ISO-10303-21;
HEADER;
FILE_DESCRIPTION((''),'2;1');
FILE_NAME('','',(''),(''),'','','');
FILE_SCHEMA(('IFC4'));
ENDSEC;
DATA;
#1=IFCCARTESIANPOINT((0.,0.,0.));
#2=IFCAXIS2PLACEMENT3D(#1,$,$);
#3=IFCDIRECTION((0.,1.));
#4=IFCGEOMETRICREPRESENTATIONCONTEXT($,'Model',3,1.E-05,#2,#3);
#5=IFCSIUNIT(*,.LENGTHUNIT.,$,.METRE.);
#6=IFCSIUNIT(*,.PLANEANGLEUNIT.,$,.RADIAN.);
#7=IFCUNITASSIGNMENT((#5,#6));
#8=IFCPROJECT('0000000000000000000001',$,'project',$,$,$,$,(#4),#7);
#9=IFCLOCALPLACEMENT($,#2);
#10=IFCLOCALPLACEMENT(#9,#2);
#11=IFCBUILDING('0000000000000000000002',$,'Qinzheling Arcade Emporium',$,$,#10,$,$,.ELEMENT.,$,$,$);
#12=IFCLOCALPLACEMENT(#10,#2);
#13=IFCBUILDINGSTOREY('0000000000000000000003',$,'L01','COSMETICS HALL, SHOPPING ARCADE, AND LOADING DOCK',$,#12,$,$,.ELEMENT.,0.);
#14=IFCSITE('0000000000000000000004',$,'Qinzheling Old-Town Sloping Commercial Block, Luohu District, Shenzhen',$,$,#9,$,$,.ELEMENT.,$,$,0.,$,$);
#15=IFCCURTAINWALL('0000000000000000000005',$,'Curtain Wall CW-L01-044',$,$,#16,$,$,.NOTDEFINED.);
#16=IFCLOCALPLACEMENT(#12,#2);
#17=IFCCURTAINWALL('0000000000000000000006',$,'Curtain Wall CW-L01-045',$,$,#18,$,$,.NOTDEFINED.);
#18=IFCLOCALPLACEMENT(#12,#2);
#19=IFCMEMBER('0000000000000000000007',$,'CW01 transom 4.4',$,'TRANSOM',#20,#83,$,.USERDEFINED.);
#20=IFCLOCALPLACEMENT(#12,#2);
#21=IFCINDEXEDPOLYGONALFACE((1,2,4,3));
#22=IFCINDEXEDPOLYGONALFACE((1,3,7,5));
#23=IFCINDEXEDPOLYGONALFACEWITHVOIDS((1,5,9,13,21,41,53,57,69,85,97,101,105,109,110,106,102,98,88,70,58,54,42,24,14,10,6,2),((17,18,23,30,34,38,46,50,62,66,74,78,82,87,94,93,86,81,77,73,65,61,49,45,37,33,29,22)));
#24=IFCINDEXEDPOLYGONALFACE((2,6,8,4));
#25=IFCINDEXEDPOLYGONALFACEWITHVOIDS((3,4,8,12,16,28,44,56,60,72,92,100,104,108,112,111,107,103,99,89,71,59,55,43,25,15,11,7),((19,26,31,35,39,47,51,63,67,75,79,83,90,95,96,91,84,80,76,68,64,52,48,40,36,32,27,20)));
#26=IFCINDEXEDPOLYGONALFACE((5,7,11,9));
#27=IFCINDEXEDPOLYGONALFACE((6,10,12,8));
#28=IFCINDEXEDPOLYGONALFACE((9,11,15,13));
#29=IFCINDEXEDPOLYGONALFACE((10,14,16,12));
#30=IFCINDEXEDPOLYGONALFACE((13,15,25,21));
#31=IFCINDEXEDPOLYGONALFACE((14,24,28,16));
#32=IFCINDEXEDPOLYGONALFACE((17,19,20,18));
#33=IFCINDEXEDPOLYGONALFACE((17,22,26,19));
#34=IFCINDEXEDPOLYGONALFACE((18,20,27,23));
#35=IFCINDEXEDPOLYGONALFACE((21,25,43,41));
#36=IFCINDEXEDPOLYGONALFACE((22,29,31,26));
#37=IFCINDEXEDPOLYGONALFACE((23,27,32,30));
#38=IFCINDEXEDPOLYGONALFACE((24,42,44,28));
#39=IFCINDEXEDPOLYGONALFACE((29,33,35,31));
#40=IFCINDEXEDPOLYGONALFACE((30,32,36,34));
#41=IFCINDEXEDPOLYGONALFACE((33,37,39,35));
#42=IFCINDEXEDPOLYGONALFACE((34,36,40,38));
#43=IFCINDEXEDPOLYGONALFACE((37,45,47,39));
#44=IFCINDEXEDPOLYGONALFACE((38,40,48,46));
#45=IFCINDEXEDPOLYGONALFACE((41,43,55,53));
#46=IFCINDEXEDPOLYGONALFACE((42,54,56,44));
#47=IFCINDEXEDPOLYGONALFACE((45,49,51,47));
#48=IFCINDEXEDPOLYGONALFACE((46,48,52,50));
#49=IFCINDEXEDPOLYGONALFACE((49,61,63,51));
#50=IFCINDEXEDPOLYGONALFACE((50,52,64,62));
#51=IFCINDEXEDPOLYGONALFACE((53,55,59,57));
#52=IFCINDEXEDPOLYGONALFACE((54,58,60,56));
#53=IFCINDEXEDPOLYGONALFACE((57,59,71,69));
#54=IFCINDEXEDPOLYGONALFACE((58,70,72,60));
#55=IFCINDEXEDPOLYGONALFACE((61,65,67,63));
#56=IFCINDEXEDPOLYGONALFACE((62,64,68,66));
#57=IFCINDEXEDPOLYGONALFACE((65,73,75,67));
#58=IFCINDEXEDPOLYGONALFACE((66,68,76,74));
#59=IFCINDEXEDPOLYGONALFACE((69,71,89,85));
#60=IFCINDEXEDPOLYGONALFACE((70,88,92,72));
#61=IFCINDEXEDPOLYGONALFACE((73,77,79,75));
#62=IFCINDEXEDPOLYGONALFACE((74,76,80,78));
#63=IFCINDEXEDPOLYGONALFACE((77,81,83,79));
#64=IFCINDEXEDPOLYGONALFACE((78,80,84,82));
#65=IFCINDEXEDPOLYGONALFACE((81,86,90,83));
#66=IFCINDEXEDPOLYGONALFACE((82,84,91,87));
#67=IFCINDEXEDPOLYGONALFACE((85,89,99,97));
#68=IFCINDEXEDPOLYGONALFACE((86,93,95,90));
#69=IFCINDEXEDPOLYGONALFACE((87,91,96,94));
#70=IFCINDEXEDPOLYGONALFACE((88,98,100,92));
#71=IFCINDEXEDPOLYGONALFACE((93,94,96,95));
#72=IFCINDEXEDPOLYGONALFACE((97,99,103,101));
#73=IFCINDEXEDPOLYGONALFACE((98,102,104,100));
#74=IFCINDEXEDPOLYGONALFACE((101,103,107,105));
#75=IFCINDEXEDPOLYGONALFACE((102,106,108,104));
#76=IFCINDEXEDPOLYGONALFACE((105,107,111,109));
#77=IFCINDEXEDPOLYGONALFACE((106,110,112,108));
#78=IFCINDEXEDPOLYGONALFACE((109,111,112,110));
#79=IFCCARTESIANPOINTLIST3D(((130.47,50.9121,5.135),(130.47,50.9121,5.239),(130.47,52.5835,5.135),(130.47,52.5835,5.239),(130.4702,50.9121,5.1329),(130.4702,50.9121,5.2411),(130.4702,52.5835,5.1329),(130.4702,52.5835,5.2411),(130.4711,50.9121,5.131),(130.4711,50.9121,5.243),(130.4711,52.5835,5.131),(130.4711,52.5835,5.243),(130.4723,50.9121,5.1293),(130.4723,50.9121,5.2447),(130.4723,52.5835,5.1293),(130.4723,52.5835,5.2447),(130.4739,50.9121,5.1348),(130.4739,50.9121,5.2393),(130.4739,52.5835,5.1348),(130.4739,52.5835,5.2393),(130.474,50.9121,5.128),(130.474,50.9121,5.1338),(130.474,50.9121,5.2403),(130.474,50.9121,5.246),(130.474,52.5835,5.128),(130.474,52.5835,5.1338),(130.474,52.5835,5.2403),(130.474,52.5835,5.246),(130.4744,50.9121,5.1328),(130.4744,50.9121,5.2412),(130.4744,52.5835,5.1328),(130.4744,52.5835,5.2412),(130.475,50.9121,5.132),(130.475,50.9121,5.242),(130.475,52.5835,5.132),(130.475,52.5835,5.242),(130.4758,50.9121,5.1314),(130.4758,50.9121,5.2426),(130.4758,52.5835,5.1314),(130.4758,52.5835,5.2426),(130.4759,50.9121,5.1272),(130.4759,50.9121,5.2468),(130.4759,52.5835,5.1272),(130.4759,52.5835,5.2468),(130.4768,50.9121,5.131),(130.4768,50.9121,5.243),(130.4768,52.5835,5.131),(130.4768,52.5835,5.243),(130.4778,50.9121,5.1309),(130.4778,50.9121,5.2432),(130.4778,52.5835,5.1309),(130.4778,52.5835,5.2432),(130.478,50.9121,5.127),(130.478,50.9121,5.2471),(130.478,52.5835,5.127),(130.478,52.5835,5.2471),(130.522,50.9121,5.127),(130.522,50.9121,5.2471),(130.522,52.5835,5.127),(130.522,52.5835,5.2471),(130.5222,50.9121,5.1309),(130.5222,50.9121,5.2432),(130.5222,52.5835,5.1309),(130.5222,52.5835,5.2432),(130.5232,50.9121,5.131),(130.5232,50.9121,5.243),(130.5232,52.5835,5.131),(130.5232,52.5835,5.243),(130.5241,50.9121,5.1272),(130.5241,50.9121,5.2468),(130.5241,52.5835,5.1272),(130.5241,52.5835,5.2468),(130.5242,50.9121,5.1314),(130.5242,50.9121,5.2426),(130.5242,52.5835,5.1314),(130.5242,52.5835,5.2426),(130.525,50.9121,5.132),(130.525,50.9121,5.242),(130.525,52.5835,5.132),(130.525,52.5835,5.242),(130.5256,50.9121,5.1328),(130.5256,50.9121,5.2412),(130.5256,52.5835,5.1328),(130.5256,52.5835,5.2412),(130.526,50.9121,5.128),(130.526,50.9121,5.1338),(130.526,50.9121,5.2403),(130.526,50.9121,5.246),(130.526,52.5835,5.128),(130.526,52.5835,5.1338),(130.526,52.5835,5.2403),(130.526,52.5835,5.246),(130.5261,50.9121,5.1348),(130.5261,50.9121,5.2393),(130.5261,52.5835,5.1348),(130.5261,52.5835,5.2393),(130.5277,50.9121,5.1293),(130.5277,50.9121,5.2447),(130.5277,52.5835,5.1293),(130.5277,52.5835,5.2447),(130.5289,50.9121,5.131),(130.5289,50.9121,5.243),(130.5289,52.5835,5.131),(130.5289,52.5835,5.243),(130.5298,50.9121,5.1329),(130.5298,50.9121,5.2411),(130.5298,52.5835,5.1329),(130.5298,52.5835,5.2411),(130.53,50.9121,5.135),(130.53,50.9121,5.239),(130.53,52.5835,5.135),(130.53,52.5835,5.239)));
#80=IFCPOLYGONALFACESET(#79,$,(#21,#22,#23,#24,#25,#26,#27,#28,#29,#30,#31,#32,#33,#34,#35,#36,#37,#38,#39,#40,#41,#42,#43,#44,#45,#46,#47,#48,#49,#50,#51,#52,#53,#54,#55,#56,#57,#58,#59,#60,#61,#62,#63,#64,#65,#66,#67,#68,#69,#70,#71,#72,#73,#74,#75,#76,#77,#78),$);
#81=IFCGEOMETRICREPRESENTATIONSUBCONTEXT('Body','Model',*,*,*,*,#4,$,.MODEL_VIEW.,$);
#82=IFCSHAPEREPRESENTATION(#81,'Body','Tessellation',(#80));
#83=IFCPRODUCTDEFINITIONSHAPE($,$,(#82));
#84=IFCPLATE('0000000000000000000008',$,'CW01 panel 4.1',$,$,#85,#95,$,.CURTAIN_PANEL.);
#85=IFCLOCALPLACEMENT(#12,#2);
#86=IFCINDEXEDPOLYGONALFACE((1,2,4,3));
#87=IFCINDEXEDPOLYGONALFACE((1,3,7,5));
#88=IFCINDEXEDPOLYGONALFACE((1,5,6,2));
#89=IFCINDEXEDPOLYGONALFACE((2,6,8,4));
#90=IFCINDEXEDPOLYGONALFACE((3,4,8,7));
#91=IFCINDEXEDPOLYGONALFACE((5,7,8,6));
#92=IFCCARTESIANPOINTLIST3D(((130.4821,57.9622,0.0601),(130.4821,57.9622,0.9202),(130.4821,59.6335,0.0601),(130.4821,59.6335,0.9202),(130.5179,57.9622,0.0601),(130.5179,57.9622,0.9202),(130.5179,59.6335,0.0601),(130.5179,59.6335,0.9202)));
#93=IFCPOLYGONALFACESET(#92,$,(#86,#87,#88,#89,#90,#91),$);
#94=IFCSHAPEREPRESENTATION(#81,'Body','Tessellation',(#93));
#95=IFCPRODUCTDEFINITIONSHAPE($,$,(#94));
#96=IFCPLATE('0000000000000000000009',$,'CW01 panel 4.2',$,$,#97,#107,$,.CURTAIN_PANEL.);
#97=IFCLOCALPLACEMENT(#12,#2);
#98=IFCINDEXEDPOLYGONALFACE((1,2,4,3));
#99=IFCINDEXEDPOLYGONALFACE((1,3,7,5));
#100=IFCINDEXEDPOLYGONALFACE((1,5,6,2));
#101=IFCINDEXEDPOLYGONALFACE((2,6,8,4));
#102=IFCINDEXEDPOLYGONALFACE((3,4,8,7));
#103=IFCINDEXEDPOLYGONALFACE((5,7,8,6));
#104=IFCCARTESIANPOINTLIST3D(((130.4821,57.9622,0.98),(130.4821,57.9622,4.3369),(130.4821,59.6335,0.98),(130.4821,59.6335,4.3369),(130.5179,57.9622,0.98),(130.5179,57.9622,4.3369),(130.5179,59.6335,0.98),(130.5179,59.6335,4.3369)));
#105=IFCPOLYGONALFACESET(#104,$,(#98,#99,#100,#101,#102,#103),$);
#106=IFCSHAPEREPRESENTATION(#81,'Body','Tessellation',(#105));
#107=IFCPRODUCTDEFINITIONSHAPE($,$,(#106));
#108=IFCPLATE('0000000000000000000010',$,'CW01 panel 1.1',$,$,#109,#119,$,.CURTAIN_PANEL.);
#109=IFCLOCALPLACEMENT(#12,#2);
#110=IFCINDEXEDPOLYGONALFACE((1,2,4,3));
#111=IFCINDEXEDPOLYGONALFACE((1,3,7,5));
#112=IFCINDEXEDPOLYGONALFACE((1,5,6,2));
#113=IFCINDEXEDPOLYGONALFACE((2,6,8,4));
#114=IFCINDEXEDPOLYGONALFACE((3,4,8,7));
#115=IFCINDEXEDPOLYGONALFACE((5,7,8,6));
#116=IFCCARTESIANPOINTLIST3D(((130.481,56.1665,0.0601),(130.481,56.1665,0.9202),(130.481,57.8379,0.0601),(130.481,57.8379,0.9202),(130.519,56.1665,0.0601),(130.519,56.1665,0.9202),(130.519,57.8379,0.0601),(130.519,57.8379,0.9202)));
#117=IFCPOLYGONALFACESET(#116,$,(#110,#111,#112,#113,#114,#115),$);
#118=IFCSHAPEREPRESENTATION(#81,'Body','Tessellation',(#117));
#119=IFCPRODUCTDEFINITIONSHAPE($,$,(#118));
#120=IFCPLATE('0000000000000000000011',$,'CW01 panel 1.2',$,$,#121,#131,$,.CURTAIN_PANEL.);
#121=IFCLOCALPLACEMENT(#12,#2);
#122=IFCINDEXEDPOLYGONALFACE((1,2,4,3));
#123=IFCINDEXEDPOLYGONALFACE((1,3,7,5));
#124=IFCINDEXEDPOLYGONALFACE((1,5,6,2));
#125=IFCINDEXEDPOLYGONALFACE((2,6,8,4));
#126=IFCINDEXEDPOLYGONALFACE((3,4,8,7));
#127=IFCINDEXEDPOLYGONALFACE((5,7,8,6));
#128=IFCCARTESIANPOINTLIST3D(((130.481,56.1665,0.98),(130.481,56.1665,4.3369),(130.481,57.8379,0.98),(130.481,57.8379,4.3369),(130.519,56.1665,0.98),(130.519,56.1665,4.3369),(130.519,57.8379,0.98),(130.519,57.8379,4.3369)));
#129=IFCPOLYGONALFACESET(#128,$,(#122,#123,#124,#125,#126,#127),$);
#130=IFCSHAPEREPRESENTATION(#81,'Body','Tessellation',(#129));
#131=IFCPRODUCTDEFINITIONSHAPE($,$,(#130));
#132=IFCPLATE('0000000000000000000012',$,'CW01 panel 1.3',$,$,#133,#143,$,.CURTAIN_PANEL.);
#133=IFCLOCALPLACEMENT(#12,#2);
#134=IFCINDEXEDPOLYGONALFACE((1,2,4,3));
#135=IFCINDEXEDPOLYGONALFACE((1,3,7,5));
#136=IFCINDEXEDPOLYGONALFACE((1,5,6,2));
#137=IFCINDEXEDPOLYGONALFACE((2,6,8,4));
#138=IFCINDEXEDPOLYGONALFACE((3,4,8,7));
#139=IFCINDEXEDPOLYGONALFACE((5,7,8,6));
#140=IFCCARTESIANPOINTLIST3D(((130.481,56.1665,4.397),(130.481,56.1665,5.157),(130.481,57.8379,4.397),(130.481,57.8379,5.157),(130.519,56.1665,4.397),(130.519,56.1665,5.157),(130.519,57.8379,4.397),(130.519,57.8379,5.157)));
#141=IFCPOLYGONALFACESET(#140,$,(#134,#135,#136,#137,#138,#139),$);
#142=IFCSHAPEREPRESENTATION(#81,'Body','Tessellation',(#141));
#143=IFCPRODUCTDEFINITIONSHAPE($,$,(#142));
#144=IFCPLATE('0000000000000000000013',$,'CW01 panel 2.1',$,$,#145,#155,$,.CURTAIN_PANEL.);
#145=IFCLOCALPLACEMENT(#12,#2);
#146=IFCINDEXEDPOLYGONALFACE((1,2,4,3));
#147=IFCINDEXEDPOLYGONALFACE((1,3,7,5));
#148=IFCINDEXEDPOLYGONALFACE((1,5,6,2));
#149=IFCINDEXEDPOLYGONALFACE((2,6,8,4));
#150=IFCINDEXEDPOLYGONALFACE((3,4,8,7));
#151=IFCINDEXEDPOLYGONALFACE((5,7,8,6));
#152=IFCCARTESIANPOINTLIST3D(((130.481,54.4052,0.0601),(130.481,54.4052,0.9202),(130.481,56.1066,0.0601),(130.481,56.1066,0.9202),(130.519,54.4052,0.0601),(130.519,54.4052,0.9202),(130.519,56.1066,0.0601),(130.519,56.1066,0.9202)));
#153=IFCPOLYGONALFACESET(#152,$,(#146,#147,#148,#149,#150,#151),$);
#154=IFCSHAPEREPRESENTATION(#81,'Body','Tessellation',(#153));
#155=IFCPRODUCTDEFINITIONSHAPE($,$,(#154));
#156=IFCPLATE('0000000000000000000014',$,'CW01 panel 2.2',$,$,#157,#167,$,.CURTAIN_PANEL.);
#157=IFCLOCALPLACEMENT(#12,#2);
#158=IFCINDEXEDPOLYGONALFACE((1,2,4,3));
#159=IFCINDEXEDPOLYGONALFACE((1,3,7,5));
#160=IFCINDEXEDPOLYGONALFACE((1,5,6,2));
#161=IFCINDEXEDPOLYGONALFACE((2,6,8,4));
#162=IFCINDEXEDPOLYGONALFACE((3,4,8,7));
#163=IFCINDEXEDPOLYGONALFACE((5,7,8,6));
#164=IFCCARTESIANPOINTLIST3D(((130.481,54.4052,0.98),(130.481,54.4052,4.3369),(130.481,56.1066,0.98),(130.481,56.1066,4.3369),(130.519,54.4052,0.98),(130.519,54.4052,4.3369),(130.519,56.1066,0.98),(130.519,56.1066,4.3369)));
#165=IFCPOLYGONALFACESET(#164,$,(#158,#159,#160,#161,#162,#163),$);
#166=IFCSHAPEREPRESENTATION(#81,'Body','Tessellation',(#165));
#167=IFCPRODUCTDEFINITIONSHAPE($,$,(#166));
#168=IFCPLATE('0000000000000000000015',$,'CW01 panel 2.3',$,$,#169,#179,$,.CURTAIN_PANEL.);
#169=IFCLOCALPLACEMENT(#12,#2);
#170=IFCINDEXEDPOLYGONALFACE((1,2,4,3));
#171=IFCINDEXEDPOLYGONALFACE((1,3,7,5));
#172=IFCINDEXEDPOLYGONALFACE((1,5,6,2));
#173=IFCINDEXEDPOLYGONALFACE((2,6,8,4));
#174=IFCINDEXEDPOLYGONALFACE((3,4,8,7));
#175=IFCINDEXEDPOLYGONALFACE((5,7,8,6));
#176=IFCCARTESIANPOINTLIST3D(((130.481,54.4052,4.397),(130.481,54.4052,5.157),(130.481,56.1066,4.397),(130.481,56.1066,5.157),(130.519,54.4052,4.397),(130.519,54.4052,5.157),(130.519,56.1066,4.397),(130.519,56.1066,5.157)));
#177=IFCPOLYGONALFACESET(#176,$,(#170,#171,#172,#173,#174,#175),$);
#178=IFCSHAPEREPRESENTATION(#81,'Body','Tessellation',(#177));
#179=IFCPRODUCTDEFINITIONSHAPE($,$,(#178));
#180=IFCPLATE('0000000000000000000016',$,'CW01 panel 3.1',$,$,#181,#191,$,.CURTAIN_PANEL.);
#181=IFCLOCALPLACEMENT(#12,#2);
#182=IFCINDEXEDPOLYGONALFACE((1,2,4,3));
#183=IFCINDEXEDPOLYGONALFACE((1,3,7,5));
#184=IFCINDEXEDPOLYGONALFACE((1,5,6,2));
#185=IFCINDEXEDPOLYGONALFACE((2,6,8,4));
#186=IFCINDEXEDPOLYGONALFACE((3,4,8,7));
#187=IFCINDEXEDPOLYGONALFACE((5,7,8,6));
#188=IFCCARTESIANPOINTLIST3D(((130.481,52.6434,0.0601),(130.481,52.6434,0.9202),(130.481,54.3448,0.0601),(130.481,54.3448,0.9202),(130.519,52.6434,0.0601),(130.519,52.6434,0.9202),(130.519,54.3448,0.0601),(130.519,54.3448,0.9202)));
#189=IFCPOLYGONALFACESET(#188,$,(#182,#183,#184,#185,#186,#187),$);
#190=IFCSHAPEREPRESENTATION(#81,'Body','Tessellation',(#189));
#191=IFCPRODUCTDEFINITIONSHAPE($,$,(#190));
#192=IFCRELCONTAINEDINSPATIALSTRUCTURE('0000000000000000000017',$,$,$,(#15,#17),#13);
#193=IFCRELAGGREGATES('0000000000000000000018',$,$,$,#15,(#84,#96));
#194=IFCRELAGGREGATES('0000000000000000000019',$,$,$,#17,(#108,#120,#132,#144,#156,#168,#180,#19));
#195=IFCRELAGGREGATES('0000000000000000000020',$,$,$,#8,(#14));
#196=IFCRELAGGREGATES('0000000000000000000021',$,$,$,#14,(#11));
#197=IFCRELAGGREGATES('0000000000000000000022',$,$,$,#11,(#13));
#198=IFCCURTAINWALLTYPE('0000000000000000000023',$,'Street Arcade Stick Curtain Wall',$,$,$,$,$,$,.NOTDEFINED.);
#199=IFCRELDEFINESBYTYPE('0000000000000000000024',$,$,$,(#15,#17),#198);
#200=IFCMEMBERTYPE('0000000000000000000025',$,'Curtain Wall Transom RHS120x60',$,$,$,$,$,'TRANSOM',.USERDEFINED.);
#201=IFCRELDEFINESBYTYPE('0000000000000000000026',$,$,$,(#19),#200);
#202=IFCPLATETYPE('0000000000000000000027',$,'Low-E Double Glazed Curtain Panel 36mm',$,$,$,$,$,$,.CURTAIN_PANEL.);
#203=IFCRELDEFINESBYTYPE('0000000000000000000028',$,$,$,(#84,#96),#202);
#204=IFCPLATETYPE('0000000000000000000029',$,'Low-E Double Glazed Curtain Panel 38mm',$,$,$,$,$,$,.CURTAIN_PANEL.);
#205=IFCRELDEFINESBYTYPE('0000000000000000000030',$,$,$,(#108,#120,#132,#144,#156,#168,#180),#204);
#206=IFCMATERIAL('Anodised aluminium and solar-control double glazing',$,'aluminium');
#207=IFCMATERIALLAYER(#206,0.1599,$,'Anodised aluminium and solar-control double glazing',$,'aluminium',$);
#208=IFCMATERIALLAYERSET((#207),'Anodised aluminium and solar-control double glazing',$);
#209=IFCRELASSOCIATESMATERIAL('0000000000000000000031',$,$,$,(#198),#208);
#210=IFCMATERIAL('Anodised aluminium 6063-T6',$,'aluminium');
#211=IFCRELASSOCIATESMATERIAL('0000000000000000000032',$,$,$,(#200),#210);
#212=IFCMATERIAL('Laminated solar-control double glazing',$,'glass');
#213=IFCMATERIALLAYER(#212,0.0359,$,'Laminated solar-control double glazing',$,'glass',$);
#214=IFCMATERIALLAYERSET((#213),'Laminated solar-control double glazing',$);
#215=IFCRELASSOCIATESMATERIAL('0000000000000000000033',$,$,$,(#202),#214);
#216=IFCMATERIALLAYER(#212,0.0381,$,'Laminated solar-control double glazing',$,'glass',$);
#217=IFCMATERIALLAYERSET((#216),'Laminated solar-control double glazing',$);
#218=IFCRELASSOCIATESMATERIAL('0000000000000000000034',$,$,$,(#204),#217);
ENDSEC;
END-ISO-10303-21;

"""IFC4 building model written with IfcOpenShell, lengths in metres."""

from ifc_helpers import new_model, si_unit, direction, frame, origin, origin_2d, place, context, subcontext, project, spatial, rectangle, hollow_rectangle, extrude, material, layer, layer_set, material_profile, profile_set, type_object, element, aggregate, save


model = new_model("IFC4")

# Units and contexts
model_context = context("Model", 3, precision=1e-05, world=origin(), true_north=direction((0.0, 1.0)))
body_context = subcontext(model_context, "Body", "Model", "MODEL_VIEW")
ifc_project = project(units=[si_unit("LENGTHUNIT", "METRE"), si_unit("PLANEANGLEUNIT", "RADIAN")], contexts=[model_context])

# Site, building, storey
site_placement = place(None, origin())
site = spatial("IfcSite", under=ifc_project, at=site_placement, Name="Qinzheling Old-Town Sloping Commercial Block, Luohu District, Shenzhen", CompositionType="ELEMENT", RefElevation=0.0)
building_placement = place(site_placement, origin())
building = spatial("IfcBuilding", under=site, at=building_placement, Name="Qinzheling Arcade Emporium", CompositionType="ELEMENT")
storey_placement = place(building_placement, origin())
storey = spatial("IfcBuildingStorey", under=building, at=storey_placement, Name="L01", Description="COSMETICS HALL, SHOPPING ARCADE, AND LOADING DOCK", CompositionType="ELEMENT", Elevation=0.0)

# Curtain wall
ifc_material_1 = material(Name="Anodised aluminium and solar-control double glazing", Category="aluminium")
ifc_layer_1 = layer(ifc_material_1, 0.1599, Name="Anodised aluminium and solar-control double glazing", Category="aluminium")
ifc_layer_set_1 = layer_set([ifc_layer_1], Name="Anodised aluminium and solar-control double glazing")
curtain_wall_type = type_object("IfcCurtainWallType", Name="Street Arcade Stick Curtain Wall", PredefinedType="NOTDEFINED", material=ifc_layer_set_1)
curtain_wall_1_placement = place(storey_placement, origin())
curtain_wall_1 = element("IfcCurtainWall", 1, at=curtain_wall_1_placement, inside=storey, type_object=curtain_wall_type, Name="Curtain Wall CW-L01-044", PredefinedType="NOTDEFINED")
ifc_material_2 = material(Name="Anodised aluminium 6063-T6", Category="aluminium")

# Curtain wall, member
curtain_wall_2_placement = place(storey_placement, origin())
curtain_wall_2 = element("IfcCurtainWall", 2, at=curtain_wall_2_placement, inside=storey, type_object=curtain_wall_type, Name="Curtain Wall CW-L01-045", PredefinedType="NOTDEFINED")
ifc_material_profile_1 = material_profile(ifc_material_2, hollow_rectangle(XDim=0.0601, YDim=0.1201, WallThickness=0.0039, InnerFilletRadius=0.0039, OuterFilletRadius=0.0081, at=origin_2d()), Name="RHS 120x60x4", Category="aluminium")
ifc_profile_set_1 = profile_set([ifc_material_profile_1], Name="Anodised aluminium 6063-T6")
member_type_1 = type_object("IfcMemberType", Name="Curtain Wall Transom RHS120x60", ElementType="TRANSOM", PredefinedType="USERDEFINED", material=ifc_profile_set_1)
member_1_placement = place(storey_placement, frame((130.5, 52.5835, 5.187), z_axis=(0.0, -1.0, 0.0), x_axis=(1.0, 0.0, 0.0)))
member_1 = element("IfcMember", 3, at=member_1_placement, type_object=member_type_1, Name="CW01 transom 4.4", ObjectType="TRANSOM", PredefinedType="USERDEFINED", context=body_context, shape_type="SweptSolid", body=[
    extrude(hollow_rectangle(XDim=0.0601, YDim=0.1201, WallThickness=0.0039, InnerFilletRadius=0.0039, OuterFilletRadius=0.0081, at=origin_2d()), origin(), (0.0, 0.0, 1.0), 1.6714),
])

# Plates
ifc_material_3 = material(Name="Laminated solar-control double glazing", Category="glass")
ifc_layer_2 = layer(ifc_material_3, 0.0359, Name="Laminated solar-control double glazing", Category="glass")
ifc_layer_set_2 = layer_set([ifc_layer_2], Name="Laminated solar-control double glazing")
plate_type_1 = type_object("IfcPlateType", Name="Low-E Double Glazed Curtain Panel 36mm", PredefinedType="CURTAIN_PANEL", material=ifc_layer_set_2)
plate_1_placement = place(storey_placement, frame((130.5, 58.7979, 0.0601), z_axis=(0.0, 0.0, 1.0), x_axis=(0.0, -1.0, 0.0)))
plate_1 = element("IfcPlate", 4, at=plate_1_placement, type_object=plate_type_1, Name="CW01 panel 4.1", PredefinedType="CURTAIN_PANEL", context=body_context, shape_type="SweptSolid", body=[
    extrude(rectangle(XDim=1.6714, YDim=0.0359, at=origin_2d()), origin(), (0.0, 0.0, 1.0), 0.8601),
])
plate_2_placement = place(storey_placement, frame((130.5, 58.7979, 0.98), z_axis=(0.0, 0.0, 1.0), x_axis=(0.0, -1.0, 0.0)))
plate_2 = element("IfcPlate", 5, at=plate_2_placement, type_object=plate_type_1, Name="CW01 panel 4.2", PredefinedType="CURTAIN_PANEL", context=body_context, shape_type="SweptSolid", body=[
    extrude(rectangle(XDim=1.6714, YDim=0.0359, at=origin_2d()), origin(), (0.0, 0.0, 1.0), 3.3569),
])
aggregate(curtain_wall_1, [plate_1, plate_2])
ifc_layer_3 = layer(ifc_material_3, 0.0381, Name="Laminated solar-control double glazing", Category="glass")
ifc_layer_set_3 = layer_set([ifc_layer_3], Name="Laminated solar-control double glazing")
plate_type_2 = type_object("IfcPlateType", Name="Low-E Double Glazed Curtain Panel 38mm", PredefinedType="CURTAIN_PANEL", material=ifc_layer_set_3)
plate_3_placement = place(storey_placement, frame((130.5, 57.0022, 0.0601), z_axis=(0.0, 0.0, 1.0), x_axis=(0.0, -1.0, 0.0)))
plate_3 = element("IfcPlate", 6, at=plate_3_placement, type_object=plate_type_2, Name="CW01 panel 1.1", PredefinedType="CURTAIN_PANEL", context=body_context, shape_type="SweptSolid", body=[
    extrude(rectangle(XDim=1.6714, YDim=0.0381, at=origin_2d()), origin(), (0.0, 0.0, 1.0), 0.8601),
])
plate_4_placement = place(storey_placement, frame((130.5, 57.0022, 0.98), z_axis=(0.0, 0.0, 1.0), x_axis=(0.0, -1.0, 0.0)))
plate_4 = element("IfcPlate", 7, at=plate_4_placement, type_object=plate_type_2, Name="CW01 panel 1.2", PredefinedType="CURTAIN_PANEL", context=body_context, shape_type="SweptSolid", body=[
    extrude(rectangle(XDim=1.6714, YDim=0.0381, at=origin_2d()), origin(), (0.0, 0.0, 1.0), 3.3569),
])
plate_5_placement = place(storey_placement, frame((130.5, 57.0022, 4.397), z_axis=(0.0, 0.0, 1.0), x_axis=(0.0, -1.0, 0.0)))
plate_5 = element("IfcPlate", 8, at=plate_5_placement, type_object=plate_type_2, Name="CW01 panel 1.3", PredefinedType="CURTAIN_PANEL", context=body_context, shape_type="SweptSolid", body=[
    extrude(rectangle(XDim=1.6714, YDim=0.0381, at=origin_2d()), origin(), (0.0, 0.0, 1.0), 0.76),
])
plate_6_placement = place(storey_placement, frame((130.5, 55.2559, 0.0601), z_axis=(0.0, 0.0, 1.0), x_axis=(0.0, -1.0, 0.0)))
plate_6 = element("IfcPlate", 9, at=plate_6_placement, type_object=plate_type_2, Name="CW01 panel 2.1", PredefinedType="CURTAIN_PANEL", context=body_context, shape_type="SweptSolid", body=[
    extrude(rectangle(XDim=1.7014, YDim=0.0381, at=origin_2d()), origin(), (0.0, 0.0, 1.0), 0.8601),
])
plate_7_placement = place(storey_placement, frame((130.5, 55.2559, 0.98), z_axis=(0.0, 0.0, 1.0), x_axis=(0.0, -1.0, 0.0)))
plate_7 = element("IfcPlate", 10, at=plate_7_placement, type_object=plate_type_2, Name="CW01 panel 2.2", PredefinedType="CURTAIN_PANEL", context=body_context, shape_type="SweptSolid", body=[
    extrude(rectangle(XDim=1.7014, YDim=0.0381, at=origin_2d()), origin(), (0.0, 0.0, 1.0), 3.3569),
])
plate_8_placement = place(storey_placement, frame((130.5, 55.2559, 4.397), z_axis=(0.0, 0.0, 1.0), x_axis=(0.0, -1.0, 0.0)))
plate_8 = element("IfcPlate", 11, at=plate_8_placement, type_object=plate_type_2, Name="CW01 panel 2.3", PredefinedType="CURTAIN_PANEL", context=body_context, shape_type="SweptSolid", body=[
    extrude(rectangle(XDim=1.7014, YDim=0.0381, at=origin_2d()), origin(), (0.0, 0.0, 1.0), 0.76),
])
plate_9_placement = place(storey_placement, frame((130.5, 53.4941, 0.0601), z_axis=(0.0, 0.0, 1.0), x_axis=(0.0, -1.0, 0.0)))
plate_9 = element("IfcPlate", 12, at=plate_9_placement, type_object=plate_type_2, Name="CW01 panel 3.1", PredefinedType="CURTAIN_PANEL", context=body_context, shape_type="SweptSolid", body=[
    extrude(rectangle(XDim=1.7014, YDim=0.0381, at=origin_2d()), origin(), (0.0, 0.0, 1.0), 0.8601),
])
aggregate(curtain_wall_2, [plate_3, plate_4, plate_5, plate_6, plate_7, plate_8, plate_9, member_1])

save(model, "model.ifc")
